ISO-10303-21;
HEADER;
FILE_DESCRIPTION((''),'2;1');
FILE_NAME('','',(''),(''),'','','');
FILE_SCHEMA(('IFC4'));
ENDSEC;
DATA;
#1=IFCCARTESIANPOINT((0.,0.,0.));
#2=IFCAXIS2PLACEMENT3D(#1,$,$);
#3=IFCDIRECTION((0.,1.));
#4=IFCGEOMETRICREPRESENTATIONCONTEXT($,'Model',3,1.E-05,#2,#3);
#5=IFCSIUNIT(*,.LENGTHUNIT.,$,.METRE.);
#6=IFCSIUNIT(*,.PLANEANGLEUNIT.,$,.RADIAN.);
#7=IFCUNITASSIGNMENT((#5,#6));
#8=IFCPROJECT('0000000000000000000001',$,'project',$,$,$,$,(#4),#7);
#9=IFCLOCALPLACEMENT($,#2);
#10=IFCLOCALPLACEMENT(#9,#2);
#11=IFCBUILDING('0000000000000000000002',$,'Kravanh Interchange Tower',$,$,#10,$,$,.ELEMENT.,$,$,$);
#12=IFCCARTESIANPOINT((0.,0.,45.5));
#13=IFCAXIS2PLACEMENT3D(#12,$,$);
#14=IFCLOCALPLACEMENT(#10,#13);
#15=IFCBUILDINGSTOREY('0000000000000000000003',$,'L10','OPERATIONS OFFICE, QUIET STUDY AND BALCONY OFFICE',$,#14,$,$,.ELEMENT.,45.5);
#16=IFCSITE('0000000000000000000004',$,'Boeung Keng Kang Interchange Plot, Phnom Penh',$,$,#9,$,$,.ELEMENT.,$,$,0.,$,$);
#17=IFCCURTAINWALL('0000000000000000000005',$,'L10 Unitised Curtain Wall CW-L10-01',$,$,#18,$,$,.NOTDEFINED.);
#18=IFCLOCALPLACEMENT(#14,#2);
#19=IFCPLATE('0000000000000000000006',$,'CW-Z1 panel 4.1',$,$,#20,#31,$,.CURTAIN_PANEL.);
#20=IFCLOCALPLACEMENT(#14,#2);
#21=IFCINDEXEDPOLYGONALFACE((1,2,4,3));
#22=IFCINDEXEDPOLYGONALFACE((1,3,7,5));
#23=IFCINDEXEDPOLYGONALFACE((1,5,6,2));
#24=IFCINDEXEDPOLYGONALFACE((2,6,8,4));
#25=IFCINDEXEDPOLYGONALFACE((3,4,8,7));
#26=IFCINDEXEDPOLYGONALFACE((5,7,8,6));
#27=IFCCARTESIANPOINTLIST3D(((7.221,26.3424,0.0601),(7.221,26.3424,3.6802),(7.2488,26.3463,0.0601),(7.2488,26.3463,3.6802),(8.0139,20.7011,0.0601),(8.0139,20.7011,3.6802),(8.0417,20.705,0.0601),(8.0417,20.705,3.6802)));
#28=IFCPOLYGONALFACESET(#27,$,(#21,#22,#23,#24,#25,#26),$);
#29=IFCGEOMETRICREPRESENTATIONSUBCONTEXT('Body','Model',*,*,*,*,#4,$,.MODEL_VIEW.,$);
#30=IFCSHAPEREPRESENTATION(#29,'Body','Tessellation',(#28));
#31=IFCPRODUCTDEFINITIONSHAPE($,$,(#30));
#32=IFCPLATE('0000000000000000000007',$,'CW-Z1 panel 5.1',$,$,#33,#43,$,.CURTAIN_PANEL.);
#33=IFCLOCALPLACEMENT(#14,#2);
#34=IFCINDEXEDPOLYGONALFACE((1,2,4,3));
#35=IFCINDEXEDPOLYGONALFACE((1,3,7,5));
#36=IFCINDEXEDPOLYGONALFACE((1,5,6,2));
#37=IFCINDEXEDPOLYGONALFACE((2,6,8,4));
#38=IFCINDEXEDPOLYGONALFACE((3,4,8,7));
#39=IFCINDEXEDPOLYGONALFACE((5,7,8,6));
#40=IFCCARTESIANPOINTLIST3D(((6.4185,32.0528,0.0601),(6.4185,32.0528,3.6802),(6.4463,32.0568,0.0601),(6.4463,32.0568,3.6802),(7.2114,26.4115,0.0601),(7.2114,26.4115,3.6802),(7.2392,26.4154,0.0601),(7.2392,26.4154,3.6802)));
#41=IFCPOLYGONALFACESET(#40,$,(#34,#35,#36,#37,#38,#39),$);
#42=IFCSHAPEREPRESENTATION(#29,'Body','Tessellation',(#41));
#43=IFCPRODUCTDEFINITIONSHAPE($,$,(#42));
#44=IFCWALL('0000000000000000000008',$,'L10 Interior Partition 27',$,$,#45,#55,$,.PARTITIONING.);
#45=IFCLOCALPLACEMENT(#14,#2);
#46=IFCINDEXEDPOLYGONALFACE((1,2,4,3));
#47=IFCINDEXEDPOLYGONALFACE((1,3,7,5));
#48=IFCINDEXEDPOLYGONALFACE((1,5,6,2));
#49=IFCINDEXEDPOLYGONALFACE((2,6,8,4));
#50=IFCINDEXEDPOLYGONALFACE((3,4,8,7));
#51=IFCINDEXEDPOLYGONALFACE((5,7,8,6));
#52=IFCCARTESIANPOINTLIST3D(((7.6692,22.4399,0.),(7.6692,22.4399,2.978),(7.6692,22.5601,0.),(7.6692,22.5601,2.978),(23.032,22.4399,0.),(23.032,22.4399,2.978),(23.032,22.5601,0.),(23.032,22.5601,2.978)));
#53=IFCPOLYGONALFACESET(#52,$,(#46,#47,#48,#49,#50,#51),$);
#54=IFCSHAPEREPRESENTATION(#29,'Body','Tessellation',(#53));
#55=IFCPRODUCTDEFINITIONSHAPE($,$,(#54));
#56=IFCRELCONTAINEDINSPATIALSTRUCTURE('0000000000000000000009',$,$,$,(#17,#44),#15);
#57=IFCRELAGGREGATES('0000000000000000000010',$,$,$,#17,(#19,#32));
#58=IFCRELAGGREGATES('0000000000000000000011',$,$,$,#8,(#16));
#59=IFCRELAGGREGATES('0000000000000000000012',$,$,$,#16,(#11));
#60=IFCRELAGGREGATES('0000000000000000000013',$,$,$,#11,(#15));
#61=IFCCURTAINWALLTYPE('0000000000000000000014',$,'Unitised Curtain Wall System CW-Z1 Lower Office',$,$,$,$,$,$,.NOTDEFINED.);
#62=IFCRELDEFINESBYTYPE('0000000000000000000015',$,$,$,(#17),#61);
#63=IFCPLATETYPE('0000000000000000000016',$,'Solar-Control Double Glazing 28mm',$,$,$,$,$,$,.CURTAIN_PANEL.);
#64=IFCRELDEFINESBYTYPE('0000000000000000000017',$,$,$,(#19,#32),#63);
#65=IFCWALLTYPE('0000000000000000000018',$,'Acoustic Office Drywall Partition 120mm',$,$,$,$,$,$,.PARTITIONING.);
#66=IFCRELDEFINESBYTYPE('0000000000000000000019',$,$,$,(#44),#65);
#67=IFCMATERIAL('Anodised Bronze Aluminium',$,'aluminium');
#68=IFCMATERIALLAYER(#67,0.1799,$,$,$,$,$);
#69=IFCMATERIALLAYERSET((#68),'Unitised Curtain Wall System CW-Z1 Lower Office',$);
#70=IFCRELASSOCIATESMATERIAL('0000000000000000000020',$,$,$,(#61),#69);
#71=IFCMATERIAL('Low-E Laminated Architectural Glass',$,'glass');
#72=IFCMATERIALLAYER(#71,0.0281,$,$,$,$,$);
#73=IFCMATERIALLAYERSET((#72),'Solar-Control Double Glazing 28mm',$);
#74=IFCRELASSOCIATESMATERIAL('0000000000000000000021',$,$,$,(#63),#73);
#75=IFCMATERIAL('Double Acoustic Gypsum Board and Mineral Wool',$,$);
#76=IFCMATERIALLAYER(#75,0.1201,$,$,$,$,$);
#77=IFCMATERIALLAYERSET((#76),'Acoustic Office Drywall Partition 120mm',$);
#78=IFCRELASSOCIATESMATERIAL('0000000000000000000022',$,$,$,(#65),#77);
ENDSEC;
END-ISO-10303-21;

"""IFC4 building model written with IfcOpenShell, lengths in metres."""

from ifc_helpers import new_model, si_unit, direction, frame, frame_2d, origin, origin_2d, place, context, subcontext, project, spatial, rectangle, extrude, material, layer, layer_set, type_object, element, aggregate, save


model = new_model("IFC4")

# Units and contexts
model_context = context("Model", 3, precision=1e-05, world=origin(), true_north=direction((0.0, 1.0)))
body_context = subcontext(model_context, "Body", "Model", "MODEL_VIEW")
ifc_project = project(units=[si_unit("LENGTHUNIT", "METRE"), si_unit("PLANEANGLEUNIT", "RADIAN")], contexts=[model_context])

# Site, building, storey
site_placement = place(None, origin())
site = spatial("IfcSite", under=ifc_project, at=site_placement, Name="Boeung Keng Kang Interchange Plot, Phnom Penh", CompositionType="ELEMENT", RefElevation=0.0)
building_placement = place(site_placement, origin())
building = spatial("IfcBuilding", under=site, at=building_placement, Name="Kravanh Interchange Tower", CompositionType="ELEMENT")
storey_placement = place(building_placement, frame((0.0, 0.0, 45.5)))
storey = spatial("IfcBuildingStorey", under=building, at=storey_placement, Name="L10", Description="OPERATIONS OFFICE, QUIET STUDY AND BALCONY OFFICE", CompositionType="ELEMENT", Elevation=45.5)

# Curtain wall
ifc_material_1 = material(Name="Anodised Bronze Aluminium", Category="aluminium")
ifc_layer_1 = layer(ifc_material_1, 0.1799)
ifc_layer_set_1 = layer_set([ifc_layer_1], Name="Unitised Curtain Wall System CW-Z1 Lower Office")
curtain_wall_type = type_object("IfcCurtainWallType", Name="Unitised Curtain Wall System CW-Z1 Lower Office", PredefinedType="NOTDEFINED", material=ifc_layer_set_1)
curtain_wall_placement = place(storey_placement, origin())
curtain_wall = element("IfcCurtainWall", 1, at=curtain_wall_placement, inside=storey, type_object=curtain_wall_type, Name="L10 Unitised Curtain Wall CW-L10-01", PredefinedType="NOTDEFINED")

# Plates
ifc_material_2 = material(Name="Low-E Laminated Architectural Glass", Category="glass")
ifc_layer_2 = layer(ifc_material_2, 0.0281)
ifc_layer_set_2 = layer_set([ifc_layer_2], Name="Solar-Control Double Glazing 28mm")
plate_type = type_object("IfcPlateType", Name="Solar-Control Double Glazing 28mm", PredefinedType="CURTAIN_PANEL", material=ifc_layer_set_2)
plate_1_placement = place(storey_placement, frame((7.6313, 23.5237, 0.0601), z_axis=(0.0, 0.0, 1.0), x_axis=(-0.139177, 0.990268, 0.0)))
plate_1 = element("IfcPlate", 2, at=plate_1_placement, type_object=plate_type, Name="CW-Z1 panel 4.1", PredefinedType="CURTAIN_PANEL", context=body_context, shape_type="SweptSolid", body=[
    extrude(rectangle(XDim=5.6968, YDim=0.0281, at=origin_2d()), origin(), (0.0, 0.0, 1.0), 3.6201),
])
plate_2_placement = place(storey_placement, frame((6.8289, 29.2341, 0.0601), z_axis=(0.0, 0.0, 1.0), x_axis=(-0.139177, 0.990268, 0.0)))
plate_2 = element("IfcPlate", 3, at=plate_2_placement, type_object=plate_type, Name="CW-Z1 panel 5.1", PredefinedType="CURTAIN_PANEL", context=body_context, shape_type="SweptSolid", body=[
    extrude(rectangle(XDim=5.6968, YDim=0.0281, at=origin_2d()), origin(), (0.0, 0.0, 1.0), 3.6201),
])
aggregate(curtain_wall, [plate_1, plate_2])

# Wall
ifc_material_3 = material(Name="Double Acoustic Gypsum Board and Mineral Wool")
ifc_layer_3 = layer(ifc_material_3, 0.1201)
ifc_layer_set_3 = layer_set([ifc_layer_3], Name="Acoustic Office Drywall Partition 120mm")
wall_type = type_object("IfcWallType", Name="Acoustic Office Drywall Partition 120mm", PredefinedType="PARTITIONING", material=ifc_layer_set_3)
wall_placement = place(storey_placement, frame((7.6692, 22.5, 0.0), z_axis=(0.0, 0.0, 1.0), x_axis=(1.0, 0.0, 0.0)))
element("IfcWall", 4, at=wall_placement, inside=storey, type_object=wall_type, Name="L10 Interior Partition 27", PredefinedType="PARTITIONING", context=body_context, shape_type="SweptSolid", body=[
    extrude(rectangle(XDim=15.3628, YDim=0.1201, at=frame_2d((7.6814, 0.0))), origin(), (0.0, 0.0, 1.0), 2.978),
])

save(model, "model.ifc")
